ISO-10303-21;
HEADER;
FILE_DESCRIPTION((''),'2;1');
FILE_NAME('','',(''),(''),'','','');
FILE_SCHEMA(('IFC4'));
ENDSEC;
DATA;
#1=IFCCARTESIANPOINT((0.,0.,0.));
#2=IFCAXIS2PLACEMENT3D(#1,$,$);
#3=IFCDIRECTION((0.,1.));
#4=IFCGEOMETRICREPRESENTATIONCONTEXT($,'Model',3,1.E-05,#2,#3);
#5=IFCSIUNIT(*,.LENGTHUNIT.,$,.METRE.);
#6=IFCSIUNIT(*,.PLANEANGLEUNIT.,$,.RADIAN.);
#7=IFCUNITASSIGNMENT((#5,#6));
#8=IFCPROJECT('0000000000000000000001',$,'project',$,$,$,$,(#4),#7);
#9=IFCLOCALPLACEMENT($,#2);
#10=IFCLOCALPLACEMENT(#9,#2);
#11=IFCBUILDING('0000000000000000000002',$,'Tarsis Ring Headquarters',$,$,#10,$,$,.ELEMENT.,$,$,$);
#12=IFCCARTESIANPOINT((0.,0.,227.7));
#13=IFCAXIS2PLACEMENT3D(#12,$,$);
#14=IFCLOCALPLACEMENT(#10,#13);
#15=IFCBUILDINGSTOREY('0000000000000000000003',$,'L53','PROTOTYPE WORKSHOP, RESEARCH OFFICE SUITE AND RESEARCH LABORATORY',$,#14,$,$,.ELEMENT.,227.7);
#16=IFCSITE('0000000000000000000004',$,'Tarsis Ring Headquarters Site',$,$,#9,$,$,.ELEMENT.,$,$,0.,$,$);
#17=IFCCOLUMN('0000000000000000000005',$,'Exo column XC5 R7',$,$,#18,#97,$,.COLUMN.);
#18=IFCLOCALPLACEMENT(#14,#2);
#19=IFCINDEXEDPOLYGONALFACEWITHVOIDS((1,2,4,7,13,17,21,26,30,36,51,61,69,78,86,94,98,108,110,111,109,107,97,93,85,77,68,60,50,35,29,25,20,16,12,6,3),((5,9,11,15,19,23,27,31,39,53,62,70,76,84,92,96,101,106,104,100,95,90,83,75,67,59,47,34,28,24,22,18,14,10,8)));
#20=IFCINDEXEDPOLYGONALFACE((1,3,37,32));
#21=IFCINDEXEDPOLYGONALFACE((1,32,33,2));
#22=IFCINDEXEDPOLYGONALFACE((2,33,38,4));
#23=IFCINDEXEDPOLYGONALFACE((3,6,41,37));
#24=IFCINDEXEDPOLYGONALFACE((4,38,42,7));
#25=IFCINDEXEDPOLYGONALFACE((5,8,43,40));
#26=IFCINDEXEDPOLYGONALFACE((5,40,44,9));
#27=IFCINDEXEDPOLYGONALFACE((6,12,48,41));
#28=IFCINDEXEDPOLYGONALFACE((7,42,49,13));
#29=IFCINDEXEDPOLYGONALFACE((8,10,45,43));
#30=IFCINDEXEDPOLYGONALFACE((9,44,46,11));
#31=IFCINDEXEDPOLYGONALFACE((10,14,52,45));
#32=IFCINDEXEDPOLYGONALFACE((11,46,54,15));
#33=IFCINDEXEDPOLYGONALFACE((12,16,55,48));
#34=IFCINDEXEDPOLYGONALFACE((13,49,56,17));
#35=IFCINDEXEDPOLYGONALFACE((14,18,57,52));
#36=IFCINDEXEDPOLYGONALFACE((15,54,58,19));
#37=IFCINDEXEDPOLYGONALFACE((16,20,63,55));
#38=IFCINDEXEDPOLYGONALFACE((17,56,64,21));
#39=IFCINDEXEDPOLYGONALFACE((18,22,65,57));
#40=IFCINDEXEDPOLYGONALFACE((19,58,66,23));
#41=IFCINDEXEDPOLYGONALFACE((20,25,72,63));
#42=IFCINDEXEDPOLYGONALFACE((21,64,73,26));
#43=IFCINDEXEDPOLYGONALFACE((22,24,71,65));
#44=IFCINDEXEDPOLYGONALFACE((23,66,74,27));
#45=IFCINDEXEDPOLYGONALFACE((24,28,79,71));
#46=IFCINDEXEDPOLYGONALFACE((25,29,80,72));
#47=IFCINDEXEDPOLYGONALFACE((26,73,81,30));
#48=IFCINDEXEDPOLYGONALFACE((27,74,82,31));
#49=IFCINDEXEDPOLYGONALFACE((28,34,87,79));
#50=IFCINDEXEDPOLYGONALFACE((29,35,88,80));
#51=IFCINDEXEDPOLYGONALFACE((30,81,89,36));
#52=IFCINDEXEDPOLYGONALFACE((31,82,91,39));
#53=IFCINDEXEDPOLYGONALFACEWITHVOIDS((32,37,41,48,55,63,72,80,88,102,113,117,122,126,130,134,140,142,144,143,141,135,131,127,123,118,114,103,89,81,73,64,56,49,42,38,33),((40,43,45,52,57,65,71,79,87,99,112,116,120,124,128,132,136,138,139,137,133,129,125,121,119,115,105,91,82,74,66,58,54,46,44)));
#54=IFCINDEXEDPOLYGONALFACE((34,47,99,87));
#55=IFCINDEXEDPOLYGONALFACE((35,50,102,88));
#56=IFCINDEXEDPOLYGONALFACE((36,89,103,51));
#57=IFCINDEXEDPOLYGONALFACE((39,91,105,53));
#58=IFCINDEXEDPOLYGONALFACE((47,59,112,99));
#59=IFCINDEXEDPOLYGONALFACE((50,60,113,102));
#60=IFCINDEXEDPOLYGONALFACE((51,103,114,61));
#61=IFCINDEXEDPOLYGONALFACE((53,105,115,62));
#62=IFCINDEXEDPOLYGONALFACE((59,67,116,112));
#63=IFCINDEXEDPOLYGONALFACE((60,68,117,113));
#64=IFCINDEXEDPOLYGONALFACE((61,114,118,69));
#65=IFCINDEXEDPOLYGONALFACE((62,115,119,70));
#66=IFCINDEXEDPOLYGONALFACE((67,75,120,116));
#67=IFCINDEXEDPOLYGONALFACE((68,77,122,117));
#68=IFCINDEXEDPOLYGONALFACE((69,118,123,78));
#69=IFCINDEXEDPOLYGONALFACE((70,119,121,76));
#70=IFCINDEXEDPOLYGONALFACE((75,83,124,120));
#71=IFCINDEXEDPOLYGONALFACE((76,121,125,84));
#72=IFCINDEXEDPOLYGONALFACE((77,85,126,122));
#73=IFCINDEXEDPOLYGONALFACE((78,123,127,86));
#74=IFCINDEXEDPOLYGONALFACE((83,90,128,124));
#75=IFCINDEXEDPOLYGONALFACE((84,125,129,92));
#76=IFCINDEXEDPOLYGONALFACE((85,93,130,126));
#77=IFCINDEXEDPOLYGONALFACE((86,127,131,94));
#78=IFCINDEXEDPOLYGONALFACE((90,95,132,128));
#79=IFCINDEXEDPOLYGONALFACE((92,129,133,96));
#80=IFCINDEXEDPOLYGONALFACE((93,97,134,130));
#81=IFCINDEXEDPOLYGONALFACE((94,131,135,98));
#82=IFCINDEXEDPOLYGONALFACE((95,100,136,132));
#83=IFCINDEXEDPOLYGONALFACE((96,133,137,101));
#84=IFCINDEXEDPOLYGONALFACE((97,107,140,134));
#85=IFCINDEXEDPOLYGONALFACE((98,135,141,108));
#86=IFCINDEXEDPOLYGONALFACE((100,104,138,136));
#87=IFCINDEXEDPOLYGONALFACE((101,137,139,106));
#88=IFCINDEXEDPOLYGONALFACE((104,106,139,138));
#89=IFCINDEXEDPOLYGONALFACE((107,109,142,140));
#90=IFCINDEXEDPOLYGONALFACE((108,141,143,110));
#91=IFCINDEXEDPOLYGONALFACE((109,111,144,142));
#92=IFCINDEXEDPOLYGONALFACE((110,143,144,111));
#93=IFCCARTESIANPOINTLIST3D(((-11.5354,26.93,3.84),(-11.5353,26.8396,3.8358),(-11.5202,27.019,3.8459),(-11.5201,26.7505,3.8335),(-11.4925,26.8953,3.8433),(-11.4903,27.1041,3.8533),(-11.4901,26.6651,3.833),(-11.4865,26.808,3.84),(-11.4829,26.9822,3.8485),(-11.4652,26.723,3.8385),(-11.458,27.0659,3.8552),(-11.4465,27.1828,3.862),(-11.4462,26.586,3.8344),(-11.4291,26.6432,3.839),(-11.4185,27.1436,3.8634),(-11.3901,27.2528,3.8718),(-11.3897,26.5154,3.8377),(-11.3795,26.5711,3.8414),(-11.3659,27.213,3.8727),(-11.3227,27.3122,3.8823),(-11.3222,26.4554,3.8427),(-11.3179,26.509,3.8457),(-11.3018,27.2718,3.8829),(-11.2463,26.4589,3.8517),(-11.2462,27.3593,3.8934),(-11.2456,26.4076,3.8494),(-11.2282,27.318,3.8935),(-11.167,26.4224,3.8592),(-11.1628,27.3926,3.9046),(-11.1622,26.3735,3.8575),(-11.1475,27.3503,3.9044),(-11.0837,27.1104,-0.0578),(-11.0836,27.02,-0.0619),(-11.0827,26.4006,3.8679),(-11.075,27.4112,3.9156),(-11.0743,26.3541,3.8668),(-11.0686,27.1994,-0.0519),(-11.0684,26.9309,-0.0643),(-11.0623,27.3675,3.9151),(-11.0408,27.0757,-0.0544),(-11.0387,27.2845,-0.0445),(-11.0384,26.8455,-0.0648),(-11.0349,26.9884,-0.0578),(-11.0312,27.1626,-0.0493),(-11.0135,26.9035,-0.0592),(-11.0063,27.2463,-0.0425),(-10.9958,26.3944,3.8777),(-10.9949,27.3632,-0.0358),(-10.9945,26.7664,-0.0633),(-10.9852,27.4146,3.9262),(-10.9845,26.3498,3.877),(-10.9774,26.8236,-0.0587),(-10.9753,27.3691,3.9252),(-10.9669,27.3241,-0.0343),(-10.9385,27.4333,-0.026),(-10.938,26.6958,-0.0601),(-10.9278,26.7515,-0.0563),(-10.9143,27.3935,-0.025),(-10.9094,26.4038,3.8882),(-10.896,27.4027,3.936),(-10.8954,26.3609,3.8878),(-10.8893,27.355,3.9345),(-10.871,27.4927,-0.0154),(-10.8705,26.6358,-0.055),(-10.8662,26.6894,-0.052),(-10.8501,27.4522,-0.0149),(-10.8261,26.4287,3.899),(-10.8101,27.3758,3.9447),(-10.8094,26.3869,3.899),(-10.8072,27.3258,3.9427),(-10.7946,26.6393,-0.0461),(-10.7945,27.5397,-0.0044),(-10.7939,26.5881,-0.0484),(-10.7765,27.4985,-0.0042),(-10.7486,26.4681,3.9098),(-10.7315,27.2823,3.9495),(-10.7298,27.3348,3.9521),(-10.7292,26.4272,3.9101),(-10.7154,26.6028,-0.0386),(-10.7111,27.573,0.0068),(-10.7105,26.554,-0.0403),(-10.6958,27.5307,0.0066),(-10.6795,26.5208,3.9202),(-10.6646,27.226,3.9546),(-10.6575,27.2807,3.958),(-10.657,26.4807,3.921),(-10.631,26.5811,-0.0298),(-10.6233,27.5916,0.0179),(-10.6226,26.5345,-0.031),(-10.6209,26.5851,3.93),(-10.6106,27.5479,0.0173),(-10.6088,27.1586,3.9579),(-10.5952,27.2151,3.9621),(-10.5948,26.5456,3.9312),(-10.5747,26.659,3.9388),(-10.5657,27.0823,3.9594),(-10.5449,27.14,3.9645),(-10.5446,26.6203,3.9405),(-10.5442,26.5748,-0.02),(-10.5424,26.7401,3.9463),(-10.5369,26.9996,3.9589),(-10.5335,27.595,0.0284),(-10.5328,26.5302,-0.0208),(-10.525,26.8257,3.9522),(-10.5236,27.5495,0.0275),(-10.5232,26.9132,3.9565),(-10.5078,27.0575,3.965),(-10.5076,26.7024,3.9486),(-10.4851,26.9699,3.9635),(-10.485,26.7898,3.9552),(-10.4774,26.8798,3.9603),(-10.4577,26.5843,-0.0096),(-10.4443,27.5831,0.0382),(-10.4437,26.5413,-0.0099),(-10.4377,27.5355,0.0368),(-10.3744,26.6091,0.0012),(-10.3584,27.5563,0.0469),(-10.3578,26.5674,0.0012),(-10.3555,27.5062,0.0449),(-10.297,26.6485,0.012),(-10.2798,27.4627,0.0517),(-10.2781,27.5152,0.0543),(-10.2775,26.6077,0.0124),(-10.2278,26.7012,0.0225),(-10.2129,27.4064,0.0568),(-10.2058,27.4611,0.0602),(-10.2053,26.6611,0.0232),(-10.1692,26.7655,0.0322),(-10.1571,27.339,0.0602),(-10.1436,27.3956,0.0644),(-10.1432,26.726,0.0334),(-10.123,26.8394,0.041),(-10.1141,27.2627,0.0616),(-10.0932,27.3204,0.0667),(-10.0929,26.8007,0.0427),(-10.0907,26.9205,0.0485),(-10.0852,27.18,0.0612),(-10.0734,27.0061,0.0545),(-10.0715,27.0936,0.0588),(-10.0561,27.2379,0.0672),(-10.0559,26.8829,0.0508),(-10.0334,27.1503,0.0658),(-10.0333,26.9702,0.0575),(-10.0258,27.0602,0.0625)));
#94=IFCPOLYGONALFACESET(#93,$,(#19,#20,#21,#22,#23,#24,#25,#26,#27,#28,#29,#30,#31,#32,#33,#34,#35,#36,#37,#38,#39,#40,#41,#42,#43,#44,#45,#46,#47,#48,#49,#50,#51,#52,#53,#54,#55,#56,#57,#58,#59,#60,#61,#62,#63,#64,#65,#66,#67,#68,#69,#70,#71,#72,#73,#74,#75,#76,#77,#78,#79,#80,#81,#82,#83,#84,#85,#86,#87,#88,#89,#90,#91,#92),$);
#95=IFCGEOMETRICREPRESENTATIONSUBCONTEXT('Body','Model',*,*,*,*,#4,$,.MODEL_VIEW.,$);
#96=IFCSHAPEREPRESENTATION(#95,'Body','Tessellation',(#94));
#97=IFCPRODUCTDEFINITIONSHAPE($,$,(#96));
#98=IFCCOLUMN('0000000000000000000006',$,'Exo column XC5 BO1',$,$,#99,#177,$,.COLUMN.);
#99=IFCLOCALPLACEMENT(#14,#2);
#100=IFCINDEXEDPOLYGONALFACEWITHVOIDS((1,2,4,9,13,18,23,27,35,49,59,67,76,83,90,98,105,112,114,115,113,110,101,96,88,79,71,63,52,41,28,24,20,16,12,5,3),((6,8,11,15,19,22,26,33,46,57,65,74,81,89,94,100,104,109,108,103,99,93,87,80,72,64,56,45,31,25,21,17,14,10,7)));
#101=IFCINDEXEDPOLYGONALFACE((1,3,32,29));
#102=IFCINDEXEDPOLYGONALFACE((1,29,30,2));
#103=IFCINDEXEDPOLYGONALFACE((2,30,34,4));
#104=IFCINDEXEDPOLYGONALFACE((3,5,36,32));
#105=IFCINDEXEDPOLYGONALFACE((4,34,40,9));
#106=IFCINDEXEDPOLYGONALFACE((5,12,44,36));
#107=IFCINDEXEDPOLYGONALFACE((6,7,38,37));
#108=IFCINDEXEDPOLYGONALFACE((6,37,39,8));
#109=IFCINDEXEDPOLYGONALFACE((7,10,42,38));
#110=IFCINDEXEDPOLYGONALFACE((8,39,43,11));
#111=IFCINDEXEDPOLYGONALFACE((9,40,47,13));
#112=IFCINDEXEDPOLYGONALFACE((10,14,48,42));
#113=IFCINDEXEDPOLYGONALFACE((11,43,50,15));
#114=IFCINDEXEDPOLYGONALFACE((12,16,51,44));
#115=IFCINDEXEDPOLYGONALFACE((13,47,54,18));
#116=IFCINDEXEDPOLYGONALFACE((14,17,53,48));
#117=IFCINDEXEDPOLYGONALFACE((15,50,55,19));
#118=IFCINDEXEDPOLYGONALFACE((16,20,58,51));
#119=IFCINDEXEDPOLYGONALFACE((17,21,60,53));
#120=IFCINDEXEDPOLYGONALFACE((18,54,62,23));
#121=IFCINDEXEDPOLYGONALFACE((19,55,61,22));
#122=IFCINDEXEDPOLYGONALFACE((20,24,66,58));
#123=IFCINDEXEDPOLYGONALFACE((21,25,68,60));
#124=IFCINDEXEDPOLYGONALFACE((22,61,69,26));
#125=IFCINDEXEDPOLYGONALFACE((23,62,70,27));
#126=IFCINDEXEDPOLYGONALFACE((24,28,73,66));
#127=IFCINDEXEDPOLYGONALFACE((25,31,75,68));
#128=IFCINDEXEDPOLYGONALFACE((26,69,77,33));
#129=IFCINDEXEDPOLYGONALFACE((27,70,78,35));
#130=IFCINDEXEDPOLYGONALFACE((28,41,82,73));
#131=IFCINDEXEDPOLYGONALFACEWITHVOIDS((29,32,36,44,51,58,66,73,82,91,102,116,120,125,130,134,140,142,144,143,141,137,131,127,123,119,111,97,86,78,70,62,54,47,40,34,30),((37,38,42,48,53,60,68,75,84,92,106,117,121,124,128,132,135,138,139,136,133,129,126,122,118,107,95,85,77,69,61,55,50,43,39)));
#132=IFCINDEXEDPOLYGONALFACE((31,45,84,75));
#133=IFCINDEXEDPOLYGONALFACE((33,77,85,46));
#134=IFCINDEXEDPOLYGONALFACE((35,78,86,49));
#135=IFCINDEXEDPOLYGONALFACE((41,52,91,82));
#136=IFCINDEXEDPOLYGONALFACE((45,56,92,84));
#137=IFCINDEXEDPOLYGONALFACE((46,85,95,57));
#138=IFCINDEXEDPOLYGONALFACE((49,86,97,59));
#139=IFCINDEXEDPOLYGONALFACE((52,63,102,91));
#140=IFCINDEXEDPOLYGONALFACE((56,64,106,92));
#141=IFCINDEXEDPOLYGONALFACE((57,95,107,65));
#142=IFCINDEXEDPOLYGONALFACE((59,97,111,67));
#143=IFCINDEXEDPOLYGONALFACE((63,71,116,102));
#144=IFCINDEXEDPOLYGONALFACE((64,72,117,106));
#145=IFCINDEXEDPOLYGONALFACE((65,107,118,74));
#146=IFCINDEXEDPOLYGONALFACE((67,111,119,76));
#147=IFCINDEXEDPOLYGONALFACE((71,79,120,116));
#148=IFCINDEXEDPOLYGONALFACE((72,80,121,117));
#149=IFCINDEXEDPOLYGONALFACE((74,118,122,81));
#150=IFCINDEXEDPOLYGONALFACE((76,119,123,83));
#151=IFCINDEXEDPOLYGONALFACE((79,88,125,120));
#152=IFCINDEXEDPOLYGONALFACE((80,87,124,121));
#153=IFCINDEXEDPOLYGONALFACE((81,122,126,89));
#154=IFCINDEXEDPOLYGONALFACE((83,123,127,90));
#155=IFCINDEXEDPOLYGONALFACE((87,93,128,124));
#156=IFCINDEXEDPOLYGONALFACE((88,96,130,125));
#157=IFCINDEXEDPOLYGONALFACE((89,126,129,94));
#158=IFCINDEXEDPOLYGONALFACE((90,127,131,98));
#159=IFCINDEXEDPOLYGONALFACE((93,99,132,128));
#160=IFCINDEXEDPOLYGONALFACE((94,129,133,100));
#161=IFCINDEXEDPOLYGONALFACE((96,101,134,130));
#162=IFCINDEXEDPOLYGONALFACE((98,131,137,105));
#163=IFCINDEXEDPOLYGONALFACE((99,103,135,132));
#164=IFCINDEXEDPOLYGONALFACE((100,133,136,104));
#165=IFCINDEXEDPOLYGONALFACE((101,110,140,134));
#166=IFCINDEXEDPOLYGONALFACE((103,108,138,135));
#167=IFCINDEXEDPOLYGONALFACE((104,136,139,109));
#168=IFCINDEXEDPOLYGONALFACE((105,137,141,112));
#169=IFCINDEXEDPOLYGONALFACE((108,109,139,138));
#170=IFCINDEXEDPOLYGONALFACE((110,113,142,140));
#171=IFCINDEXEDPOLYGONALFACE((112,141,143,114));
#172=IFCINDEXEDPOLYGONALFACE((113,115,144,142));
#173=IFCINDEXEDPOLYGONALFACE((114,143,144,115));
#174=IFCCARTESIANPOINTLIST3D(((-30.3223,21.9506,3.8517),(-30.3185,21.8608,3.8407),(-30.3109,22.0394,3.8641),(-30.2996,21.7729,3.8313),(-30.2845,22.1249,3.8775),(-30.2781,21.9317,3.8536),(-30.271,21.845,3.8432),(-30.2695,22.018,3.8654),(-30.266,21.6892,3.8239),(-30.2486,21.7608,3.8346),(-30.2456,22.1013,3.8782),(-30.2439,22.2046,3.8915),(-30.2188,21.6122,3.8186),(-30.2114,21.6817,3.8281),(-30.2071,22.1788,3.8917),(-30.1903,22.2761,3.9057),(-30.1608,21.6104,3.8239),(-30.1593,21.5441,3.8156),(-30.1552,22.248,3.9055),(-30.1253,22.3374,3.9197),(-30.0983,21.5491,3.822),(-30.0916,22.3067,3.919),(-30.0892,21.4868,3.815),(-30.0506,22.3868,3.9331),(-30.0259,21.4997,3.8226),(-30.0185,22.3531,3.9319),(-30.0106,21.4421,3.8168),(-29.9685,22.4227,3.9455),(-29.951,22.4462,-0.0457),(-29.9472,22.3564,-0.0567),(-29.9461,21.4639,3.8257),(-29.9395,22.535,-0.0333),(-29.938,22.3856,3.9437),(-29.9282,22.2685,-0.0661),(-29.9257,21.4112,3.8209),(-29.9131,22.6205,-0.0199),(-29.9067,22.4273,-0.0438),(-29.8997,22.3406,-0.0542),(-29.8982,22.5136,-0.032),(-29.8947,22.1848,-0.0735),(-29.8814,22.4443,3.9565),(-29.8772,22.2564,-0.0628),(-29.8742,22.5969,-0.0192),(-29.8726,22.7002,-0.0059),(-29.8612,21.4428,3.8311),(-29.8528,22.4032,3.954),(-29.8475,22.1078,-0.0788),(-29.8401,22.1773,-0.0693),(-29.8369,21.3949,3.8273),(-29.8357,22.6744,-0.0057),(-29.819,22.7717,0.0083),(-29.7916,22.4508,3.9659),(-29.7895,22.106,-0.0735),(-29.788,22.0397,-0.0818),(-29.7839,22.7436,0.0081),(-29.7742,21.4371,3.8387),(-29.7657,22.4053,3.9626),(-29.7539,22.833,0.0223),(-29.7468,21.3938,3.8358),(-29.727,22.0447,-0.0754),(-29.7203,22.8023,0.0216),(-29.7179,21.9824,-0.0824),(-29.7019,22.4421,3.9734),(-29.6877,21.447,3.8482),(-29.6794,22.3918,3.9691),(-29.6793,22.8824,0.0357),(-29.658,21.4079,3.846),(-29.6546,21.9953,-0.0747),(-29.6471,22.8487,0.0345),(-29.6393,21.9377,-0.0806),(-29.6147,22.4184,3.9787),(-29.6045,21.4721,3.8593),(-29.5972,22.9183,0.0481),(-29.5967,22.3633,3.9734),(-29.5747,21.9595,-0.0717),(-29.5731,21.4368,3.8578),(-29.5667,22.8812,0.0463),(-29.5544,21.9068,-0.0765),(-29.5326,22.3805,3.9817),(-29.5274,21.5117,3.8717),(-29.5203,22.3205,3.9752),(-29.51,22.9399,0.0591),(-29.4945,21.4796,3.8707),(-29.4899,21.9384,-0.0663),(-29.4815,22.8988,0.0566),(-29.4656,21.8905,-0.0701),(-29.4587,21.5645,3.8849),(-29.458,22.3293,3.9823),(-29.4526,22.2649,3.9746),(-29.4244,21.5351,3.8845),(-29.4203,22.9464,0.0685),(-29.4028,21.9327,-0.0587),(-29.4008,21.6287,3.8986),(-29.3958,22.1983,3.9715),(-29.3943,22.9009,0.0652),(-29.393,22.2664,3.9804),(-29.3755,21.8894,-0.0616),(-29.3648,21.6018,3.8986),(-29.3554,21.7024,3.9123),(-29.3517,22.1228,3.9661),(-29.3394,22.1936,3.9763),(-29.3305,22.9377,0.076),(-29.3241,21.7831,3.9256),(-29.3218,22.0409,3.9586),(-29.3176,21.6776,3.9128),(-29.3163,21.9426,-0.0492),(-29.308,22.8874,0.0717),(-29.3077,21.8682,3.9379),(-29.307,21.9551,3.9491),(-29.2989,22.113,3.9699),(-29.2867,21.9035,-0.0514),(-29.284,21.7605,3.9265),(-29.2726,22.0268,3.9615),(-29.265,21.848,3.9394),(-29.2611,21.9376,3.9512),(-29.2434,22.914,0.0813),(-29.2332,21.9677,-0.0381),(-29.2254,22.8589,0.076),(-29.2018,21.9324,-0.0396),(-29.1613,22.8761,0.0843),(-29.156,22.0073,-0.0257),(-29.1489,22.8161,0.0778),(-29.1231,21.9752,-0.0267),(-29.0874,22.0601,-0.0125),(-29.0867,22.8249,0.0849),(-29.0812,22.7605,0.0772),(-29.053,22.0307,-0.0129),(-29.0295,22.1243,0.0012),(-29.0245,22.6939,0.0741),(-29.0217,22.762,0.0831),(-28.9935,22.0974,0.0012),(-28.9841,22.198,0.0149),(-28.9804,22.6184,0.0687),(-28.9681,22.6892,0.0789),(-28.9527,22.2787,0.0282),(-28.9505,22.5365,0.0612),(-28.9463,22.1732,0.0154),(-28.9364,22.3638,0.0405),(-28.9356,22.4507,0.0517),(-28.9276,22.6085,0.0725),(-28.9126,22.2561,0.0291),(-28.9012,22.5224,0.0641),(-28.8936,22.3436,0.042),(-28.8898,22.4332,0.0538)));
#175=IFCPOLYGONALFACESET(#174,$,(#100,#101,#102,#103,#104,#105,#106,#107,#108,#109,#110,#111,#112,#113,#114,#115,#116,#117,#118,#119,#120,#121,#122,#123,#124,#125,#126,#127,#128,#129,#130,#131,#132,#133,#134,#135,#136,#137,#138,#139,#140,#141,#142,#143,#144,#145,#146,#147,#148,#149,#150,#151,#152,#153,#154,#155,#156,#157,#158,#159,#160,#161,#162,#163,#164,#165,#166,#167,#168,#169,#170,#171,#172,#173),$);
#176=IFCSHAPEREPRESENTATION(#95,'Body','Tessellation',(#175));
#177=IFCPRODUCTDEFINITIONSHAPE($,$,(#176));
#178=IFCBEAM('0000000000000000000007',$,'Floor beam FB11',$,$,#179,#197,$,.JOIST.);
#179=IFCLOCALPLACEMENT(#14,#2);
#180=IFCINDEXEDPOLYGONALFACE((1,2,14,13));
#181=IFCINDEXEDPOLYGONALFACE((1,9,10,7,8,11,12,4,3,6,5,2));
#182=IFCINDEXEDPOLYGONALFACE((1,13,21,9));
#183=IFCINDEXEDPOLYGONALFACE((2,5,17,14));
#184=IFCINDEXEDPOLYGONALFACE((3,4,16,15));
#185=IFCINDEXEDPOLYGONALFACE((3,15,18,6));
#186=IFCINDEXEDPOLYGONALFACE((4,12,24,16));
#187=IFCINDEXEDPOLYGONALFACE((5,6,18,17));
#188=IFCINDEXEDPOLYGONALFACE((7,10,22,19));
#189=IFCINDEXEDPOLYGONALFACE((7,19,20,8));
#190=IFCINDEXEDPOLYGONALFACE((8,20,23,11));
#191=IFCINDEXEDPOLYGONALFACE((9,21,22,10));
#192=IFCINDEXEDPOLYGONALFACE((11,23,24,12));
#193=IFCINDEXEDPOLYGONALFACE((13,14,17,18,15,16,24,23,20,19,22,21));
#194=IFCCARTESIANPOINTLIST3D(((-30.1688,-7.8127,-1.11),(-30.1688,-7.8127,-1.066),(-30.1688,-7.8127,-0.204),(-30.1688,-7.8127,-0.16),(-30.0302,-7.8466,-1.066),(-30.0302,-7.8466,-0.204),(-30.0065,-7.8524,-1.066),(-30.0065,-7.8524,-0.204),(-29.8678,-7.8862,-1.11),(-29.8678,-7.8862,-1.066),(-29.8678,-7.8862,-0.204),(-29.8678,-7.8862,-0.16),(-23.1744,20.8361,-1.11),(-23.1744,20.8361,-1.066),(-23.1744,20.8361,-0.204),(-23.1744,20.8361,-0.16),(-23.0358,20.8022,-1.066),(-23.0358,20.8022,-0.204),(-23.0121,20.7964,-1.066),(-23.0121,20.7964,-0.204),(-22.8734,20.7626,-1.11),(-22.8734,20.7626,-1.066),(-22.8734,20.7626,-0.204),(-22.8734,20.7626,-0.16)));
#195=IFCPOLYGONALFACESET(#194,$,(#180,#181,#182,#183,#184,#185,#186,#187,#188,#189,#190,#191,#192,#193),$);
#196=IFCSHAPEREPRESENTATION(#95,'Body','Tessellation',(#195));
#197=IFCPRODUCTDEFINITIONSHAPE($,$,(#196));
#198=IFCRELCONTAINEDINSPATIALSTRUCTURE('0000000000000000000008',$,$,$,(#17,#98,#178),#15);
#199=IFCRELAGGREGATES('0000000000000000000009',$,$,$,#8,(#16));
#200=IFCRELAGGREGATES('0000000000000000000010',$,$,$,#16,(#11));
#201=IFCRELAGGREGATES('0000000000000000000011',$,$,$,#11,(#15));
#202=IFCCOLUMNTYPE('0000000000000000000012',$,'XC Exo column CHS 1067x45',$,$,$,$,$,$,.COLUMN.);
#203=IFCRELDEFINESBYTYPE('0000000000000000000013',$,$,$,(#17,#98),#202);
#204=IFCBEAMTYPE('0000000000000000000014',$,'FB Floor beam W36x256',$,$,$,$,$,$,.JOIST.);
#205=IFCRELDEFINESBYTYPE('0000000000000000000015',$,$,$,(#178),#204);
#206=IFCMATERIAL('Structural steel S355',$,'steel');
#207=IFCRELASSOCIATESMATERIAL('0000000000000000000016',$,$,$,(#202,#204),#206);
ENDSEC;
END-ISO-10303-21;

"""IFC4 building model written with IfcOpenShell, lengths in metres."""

from ifc_helpers import new_model, si_unit, direction, frame, origin, origin_2d, place, context, subcontext, project, spatial, hollow_circle, i_section, extrude, material, material_profile, profile_set, type_object, element, save


model = new_model("IFC4")

# Units and contexts
model_context = context("Model", 3, precision=1e-05, world=origin(), true_north=direction((0.0, 1.0)))
body_context = subcontext(model_context, "Body", "Model", "MODEL_VIEW")
ifc_project = project(units=[si_unit("LENGTHUNIT", "METRE"), si_unit("PLANEANGLEUNIT", "RADIAN")], contexts=[model_context])

# Site, building, storey
site_placement = place(None, origin())
site = spatial("IfcSite", under=ifc_project, at=site_placement, Name="Tarsis Ring Headquarters Site", CompositionType="ELEMENT", RefElevation=0.0)
building_placement = place(site_placement, origin())
building = spatial("IfcBuilding", under=site, at=building_placement, Name="Tarsis Ring Headquarters", CompositionType="ELEMENT")
storey_placement = place(building_placement, frame((0.0, 0.0, 227.7)))
storey = spatial("IfcBuildingStorey", under=building, at=storey_placement, Name="L53", Description="PROTOTYPE WORKSHOP, RESEARCH OFFICE SUITE AND RESEARCH LABORATORY", CompositionType="ELEMENT", Elevation=227.7)

# Columns
ifc_material_1 = material(Name="Structural steel S355", Category="steel")
ifc_material_profile_1 = material_profile(ifc_material_1, hollow_circle(Radius=0.5334, WallThickness=0.0449, at=origin_2d()), Name="CHS 1067x45")
ifc_profile_set_1 = profile_set([ifc_material_profile_1], Name="Structural steel S355")
column_type = type_object("IfcColumnType", Name="XC Exo column CHS 1067x45", PredefinedType="COLUMN", material=ifc_profile_set_1)
column_1_placement = place(storey_placement, frame((-10.5557, 27.0627, 0.0012), z_axis=(-0.114987, -0.045933, 0.992305), x_axis=(0.370958, -0.92865, 0.0)))
element("IfcColumn", 1, at=column_1_placement, inside=storey, type_object=column_type, Name="Exo column XC5 R7", PredefinedType="COLUMN", context=body_context, shape_type="SweptSolid", body=[
    extrude(hollow_circle(Radius=0.5334, WallThickness=0.0449, at=origin_2d()), origin(), (0.0, 0.0, 1.0), 3.928),
])
column_2_placement = place(storey_placement, frame((-29.4204, 22.4172, 0.0012), z_axis=(-0.094096, -0.125586, 0.98761), x_axis=(0.800284, -0.599621, 0.0)))
element("IfcColumn", 2, at=column_2_placement, inside=storey, type_object=column_type, Name="Exo column XC5 BO1", PredefinedType="COLUMN", context=body_context, shape_type="SweptSolid", body=[
    extrude(hollow_circle(Radius=0.5334, WallThickness=0.0449, at=origin_2d()), origin(), (0.0, 0.0, 1.0), 3.9463),
])

# Beam
ifc_material_profile_2 = material_profile(ifc_material_1, i_section(OverallWidth=0.3098, OverallDepth=0.95, WebThickness=0.0244, FlangeThickness=0.0439, at=origin_2d()), Name="W36x256")
ifc_profile_set_2 = profile_set([ifc_material_profile_2], Name="Structural steel S355")
beam_type_1 = type_object("IfcBeamType", Name="FB Floor beam W36x256", PredefinedType="JOIST", material=ifc_profile_set_2)
for number, where, z_axis, x_axis, name in (
    (3, (-23.0239, 20.7993, -0.635), (-0.237177, -0.971466, 0.0), (0.971466, -0.237177, 0.0), "Floor beam FB11"),
):
    element("IfcBeam", number, at=place(storey_placement, frame(where, z_axis=z_axis, x_axis=x_axis)), inside=storey, type_object=beam_type_1, Name=name, PredefinedType="JOIST", context=body_context, shape_type="SweptSolid", body=[
        extrude(i_section(OverallWidth=0.3098, OverallDepth=0.95, WebThickness=0.0244, FlangeThickness=0.0439, at=origin_2d()), origin(), (0.0, 0.0, 1.0), 29.4902),
    ])

save(model, "model.ifc")
